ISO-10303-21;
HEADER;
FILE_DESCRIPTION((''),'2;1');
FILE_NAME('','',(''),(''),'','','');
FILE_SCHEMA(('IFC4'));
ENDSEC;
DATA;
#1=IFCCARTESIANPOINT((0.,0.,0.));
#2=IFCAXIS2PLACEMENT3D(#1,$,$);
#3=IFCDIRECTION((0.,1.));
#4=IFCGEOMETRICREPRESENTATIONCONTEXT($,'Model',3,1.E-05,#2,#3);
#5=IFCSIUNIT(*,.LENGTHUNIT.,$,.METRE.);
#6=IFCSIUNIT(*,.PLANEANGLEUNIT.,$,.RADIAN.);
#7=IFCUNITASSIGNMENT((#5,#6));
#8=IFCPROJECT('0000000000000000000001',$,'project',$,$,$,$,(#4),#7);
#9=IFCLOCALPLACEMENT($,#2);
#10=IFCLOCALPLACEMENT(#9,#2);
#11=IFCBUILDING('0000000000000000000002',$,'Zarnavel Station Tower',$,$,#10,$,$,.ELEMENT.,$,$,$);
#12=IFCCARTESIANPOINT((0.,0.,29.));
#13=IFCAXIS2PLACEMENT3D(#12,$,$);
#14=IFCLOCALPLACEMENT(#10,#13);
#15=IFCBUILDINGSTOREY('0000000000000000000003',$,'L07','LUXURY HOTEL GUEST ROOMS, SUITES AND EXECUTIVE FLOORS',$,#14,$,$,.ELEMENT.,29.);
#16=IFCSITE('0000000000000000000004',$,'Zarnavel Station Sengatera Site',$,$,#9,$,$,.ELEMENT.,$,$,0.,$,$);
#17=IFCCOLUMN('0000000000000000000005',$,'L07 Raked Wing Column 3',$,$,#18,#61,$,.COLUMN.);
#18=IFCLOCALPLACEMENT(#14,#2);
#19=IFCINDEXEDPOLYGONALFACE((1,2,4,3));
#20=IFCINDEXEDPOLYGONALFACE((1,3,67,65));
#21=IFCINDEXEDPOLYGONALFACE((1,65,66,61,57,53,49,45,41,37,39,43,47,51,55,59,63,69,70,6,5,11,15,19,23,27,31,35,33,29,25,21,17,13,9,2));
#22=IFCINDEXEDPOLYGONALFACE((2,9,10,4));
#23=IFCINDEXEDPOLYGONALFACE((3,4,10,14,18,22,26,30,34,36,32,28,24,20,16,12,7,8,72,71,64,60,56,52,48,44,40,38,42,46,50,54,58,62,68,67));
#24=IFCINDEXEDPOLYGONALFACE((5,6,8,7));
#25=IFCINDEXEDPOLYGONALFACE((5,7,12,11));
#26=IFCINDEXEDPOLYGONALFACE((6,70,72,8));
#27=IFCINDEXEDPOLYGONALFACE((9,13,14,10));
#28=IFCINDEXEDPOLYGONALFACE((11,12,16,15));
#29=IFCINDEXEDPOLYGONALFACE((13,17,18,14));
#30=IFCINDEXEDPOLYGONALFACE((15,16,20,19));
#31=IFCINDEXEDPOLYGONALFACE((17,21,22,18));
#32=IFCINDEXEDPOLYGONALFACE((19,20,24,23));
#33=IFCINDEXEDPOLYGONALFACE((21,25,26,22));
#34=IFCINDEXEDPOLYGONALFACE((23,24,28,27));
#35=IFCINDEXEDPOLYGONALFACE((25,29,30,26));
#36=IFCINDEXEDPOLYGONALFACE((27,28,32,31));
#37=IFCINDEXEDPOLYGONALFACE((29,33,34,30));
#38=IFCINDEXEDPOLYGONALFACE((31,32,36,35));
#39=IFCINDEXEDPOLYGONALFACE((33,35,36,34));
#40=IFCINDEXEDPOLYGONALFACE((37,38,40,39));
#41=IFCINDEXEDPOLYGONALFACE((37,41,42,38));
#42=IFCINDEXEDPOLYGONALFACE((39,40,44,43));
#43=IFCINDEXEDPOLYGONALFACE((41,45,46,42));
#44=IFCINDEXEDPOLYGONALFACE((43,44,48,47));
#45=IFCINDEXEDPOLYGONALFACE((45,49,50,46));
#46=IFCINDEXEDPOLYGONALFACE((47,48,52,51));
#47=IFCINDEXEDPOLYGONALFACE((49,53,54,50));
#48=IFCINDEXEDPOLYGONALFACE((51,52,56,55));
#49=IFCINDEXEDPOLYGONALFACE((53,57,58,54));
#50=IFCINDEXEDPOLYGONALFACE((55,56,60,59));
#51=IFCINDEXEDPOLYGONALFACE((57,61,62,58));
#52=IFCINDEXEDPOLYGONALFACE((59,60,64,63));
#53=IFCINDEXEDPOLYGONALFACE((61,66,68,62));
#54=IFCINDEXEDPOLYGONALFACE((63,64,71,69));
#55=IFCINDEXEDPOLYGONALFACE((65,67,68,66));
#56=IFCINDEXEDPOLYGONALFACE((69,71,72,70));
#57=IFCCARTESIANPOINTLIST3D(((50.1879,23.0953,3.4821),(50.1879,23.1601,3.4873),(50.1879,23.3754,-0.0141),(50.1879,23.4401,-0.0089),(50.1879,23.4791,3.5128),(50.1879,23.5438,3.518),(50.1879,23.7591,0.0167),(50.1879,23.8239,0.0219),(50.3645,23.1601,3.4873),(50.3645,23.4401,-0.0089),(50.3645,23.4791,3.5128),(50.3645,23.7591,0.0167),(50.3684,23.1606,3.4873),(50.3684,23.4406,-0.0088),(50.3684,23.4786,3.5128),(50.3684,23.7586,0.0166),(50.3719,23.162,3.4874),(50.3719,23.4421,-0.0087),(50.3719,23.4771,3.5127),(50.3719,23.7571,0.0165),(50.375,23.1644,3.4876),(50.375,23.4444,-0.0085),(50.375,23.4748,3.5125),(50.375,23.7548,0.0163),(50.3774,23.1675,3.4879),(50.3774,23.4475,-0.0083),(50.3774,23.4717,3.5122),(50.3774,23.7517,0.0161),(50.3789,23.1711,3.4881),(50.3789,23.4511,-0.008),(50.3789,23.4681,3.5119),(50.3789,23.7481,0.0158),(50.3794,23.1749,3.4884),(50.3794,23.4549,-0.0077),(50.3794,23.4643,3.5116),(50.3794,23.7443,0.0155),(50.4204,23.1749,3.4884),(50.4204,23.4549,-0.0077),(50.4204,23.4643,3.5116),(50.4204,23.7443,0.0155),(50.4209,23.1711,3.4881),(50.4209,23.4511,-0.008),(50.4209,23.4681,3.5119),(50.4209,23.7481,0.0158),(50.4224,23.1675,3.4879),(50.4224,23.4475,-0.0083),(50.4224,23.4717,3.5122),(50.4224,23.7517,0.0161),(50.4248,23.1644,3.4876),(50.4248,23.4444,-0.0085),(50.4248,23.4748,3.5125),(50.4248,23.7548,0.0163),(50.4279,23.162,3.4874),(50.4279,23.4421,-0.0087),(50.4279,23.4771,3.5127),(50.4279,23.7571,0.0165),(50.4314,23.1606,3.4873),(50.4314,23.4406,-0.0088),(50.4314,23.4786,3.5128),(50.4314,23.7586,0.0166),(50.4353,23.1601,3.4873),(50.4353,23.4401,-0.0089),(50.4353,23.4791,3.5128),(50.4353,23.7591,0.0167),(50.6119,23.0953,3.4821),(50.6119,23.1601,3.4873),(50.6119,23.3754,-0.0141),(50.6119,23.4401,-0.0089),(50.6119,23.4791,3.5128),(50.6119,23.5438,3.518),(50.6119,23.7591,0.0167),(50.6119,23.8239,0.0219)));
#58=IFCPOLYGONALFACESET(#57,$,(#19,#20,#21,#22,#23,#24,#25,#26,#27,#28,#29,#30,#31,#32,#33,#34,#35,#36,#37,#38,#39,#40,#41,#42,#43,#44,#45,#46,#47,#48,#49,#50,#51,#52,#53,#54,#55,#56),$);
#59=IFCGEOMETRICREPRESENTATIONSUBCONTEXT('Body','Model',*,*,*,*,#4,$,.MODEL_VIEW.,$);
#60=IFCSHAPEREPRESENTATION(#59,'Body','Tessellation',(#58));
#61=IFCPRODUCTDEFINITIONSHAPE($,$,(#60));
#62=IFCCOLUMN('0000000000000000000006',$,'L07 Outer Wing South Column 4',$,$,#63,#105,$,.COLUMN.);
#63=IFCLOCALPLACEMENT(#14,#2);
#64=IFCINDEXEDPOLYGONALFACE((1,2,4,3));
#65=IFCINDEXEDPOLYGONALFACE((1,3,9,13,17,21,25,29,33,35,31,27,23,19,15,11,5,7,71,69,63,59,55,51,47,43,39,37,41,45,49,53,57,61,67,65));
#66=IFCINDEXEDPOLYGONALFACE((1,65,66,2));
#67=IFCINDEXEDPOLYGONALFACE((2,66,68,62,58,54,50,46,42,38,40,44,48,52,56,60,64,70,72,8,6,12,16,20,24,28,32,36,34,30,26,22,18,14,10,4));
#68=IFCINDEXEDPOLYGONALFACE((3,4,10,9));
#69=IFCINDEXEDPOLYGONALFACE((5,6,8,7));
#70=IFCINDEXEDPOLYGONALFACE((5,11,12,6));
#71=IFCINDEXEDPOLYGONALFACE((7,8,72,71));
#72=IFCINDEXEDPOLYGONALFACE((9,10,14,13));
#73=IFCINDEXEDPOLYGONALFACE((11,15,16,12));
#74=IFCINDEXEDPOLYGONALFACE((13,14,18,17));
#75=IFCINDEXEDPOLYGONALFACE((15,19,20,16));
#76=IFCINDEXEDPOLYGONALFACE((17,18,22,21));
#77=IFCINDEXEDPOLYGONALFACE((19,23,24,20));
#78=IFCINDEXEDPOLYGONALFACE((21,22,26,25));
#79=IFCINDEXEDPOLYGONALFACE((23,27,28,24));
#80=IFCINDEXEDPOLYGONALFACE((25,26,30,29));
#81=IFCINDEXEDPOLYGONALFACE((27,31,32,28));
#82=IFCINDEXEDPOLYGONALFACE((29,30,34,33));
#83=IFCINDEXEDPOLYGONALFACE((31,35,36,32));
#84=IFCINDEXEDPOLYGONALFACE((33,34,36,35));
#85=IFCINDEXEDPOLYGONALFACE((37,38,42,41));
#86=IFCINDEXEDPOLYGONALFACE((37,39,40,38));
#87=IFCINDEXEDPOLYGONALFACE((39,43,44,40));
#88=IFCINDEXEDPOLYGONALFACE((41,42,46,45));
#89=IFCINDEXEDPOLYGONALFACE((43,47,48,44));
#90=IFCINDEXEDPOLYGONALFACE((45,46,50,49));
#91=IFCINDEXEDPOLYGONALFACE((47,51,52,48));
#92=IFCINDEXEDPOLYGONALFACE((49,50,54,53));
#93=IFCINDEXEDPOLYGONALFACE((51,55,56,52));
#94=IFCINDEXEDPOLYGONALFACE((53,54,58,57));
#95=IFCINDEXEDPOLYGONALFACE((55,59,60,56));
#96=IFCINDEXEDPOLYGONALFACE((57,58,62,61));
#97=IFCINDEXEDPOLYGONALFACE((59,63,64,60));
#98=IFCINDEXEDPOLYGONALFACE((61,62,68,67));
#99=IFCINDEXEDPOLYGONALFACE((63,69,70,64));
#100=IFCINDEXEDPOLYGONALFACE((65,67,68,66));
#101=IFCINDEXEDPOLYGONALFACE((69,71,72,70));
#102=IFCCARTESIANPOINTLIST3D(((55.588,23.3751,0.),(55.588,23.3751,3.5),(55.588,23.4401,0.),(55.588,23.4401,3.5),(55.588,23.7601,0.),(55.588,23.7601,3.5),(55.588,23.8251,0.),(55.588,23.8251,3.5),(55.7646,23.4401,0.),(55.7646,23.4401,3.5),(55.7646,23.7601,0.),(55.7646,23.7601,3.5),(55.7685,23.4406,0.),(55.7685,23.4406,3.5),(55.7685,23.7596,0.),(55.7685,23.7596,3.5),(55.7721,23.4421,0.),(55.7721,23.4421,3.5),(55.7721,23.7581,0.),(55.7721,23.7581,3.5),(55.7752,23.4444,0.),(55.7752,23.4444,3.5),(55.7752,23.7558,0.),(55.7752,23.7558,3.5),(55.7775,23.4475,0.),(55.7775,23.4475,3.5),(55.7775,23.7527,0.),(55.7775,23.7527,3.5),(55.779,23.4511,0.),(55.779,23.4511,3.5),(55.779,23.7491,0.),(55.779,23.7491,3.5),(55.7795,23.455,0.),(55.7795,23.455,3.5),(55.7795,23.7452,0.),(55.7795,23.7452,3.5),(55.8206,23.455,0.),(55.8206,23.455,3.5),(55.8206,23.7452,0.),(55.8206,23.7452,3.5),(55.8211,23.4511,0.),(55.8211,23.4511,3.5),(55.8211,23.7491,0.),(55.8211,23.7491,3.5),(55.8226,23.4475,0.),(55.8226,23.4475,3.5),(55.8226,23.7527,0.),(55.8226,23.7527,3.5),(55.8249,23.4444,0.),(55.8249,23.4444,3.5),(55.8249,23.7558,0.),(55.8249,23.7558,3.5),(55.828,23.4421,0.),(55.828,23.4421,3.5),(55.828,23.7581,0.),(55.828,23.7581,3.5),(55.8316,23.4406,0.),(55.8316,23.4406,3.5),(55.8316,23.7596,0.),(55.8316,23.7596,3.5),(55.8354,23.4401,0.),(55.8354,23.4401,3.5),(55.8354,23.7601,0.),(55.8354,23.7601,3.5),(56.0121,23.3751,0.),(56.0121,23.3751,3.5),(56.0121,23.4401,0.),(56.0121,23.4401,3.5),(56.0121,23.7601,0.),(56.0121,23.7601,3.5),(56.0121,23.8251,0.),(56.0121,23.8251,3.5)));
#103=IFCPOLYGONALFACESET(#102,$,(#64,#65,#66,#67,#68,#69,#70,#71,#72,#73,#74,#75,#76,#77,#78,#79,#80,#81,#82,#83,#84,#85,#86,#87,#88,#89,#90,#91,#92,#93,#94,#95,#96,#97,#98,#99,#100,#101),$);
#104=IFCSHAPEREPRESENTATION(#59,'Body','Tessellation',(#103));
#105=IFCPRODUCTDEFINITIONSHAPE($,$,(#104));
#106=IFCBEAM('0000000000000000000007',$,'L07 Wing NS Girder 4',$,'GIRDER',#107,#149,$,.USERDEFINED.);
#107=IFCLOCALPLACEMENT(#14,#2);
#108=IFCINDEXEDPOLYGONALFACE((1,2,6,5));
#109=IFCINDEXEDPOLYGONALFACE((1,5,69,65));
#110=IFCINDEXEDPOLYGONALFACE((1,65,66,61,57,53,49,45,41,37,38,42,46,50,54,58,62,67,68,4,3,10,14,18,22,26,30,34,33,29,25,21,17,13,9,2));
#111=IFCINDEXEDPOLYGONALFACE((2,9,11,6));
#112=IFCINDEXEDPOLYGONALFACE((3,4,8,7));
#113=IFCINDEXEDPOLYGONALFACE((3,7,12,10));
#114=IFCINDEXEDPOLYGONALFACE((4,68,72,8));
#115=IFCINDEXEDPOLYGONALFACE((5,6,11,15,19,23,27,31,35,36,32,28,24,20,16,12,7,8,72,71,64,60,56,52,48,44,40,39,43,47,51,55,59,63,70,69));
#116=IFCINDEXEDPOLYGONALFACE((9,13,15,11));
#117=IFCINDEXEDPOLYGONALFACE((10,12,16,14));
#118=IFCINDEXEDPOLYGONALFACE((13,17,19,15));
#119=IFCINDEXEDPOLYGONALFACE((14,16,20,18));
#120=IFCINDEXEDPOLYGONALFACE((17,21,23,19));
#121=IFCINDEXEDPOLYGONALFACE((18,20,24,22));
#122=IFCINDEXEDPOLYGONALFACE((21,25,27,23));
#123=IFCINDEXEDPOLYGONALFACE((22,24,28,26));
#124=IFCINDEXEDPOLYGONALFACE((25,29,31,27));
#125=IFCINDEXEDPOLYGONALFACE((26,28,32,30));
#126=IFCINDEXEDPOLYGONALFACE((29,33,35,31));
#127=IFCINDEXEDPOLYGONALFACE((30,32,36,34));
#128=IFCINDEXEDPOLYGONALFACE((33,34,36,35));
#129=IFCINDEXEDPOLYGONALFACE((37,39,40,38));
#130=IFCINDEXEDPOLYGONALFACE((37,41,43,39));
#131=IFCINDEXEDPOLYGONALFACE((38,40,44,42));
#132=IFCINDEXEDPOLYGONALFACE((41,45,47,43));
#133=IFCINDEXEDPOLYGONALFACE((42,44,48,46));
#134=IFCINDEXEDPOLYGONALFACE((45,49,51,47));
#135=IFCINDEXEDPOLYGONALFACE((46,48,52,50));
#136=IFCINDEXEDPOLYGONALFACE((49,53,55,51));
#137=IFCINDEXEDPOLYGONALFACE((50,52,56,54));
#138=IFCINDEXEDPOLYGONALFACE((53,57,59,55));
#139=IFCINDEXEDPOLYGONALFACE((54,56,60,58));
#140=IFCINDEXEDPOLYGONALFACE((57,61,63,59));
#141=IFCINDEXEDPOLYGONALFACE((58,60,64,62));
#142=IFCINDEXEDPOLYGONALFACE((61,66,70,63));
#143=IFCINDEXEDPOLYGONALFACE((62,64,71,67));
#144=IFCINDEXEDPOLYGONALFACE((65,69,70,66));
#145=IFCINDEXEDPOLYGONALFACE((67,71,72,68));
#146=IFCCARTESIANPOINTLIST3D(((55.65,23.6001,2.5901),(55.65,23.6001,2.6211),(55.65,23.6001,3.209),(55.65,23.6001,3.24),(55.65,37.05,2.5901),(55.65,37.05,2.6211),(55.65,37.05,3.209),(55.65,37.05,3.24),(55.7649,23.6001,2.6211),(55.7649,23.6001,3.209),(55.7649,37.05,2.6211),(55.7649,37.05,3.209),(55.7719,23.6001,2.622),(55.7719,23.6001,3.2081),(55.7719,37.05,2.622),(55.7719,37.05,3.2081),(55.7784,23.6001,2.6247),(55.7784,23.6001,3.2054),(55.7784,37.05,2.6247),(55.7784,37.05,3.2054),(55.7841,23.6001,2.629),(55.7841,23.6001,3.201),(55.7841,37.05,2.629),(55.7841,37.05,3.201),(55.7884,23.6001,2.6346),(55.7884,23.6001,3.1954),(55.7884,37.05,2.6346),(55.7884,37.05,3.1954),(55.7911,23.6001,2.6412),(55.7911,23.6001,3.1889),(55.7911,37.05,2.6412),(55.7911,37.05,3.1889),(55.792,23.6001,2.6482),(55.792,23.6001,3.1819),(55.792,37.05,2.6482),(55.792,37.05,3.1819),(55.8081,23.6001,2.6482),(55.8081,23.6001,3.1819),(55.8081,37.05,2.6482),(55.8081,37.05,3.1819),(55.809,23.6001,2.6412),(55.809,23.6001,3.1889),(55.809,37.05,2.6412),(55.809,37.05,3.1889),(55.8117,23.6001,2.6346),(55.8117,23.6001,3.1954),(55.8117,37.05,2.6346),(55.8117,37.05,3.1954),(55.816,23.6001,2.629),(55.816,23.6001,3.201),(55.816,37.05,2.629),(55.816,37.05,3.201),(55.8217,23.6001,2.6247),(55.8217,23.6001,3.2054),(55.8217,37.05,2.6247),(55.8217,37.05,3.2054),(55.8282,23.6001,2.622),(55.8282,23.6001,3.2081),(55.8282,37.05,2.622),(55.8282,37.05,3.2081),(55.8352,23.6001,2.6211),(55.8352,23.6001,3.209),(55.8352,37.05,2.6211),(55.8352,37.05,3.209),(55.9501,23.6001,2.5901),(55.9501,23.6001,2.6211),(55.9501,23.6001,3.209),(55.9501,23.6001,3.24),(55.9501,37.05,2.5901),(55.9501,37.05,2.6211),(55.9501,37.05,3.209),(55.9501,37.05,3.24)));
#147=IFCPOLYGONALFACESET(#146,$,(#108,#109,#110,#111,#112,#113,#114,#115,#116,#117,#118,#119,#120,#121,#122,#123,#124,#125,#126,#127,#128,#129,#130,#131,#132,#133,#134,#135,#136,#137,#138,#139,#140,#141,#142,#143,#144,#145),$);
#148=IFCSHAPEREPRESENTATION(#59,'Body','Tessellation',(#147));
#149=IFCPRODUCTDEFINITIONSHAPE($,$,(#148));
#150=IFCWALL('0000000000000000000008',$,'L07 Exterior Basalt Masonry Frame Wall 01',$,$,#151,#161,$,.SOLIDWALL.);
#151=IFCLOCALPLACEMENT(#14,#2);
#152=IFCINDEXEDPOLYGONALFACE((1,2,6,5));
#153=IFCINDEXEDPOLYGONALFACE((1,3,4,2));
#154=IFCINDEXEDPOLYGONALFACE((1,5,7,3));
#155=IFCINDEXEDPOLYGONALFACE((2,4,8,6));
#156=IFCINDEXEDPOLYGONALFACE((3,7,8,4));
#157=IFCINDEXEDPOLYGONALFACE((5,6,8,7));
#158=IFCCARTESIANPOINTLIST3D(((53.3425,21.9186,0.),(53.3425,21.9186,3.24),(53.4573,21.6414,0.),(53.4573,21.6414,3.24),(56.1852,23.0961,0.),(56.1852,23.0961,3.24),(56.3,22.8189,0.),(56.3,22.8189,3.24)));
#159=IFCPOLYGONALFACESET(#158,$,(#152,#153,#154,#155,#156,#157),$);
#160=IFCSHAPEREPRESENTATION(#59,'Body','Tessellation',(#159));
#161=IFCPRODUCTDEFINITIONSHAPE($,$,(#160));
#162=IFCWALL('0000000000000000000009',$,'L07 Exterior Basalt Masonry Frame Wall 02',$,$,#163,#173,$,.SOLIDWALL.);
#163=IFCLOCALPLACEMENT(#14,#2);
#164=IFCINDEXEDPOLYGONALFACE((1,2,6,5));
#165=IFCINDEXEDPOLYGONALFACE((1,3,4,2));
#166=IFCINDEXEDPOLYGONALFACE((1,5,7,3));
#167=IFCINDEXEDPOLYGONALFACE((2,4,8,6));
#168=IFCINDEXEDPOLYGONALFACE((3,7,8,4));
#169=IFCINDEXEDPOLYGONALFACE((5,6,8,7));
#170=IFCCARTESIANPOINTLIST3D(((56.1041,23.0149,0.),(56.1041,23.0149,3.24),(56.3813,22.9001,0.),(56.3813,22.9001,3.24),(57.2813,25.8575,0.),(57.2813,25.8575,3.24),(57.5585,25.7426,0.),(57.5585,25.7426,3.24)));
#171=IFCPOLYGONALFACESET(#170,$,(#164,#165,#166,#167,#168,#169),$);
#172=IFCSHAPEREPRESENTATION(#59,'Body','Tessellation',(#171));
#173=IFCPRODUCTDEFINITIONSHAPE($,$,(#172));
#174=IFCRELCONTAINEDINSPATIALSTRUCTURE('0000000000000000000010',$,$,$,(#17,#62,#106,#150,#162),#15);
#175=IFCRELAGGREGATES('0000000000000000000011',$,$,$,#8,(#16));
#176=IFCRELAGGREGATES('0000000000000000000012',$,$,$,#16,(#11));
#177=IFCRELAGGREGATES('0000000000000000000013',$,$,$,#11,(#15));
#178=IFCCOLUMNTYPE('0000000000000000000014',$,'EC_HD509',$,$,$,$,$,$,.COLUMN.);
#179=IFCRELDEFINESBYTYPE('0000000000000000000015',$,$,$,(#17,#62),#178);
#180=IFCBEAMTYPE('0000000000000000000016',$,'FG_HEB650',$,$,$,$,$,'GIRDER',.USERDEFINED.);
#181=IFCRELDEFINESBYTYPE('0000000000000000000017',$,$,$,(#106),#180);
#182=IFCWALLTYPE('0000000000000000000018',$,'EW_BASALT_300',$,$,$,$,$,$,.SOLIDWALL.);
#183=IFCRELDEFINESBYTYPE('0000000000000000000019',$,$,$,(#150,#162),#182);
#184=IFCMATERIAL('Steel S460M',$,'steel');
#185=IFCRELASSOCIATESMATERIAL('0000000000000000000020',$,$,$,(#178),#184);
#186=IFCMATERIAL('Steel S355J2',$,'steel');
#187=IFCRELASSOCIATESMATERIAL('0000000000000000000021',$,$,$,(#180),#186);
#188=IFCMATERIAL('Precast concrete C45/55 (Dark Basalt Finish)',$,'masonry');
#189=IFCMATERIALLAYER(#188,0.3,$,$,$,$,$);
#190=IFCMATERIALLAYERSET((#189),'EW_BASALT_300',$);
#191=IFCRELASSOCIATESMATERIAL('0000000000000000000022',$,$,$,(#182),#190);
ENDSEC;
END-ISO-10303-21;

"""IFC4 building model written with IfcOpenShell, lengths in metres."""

from ifc_helpers import new_model, si_unit, direction, frame, frame_2d, origin, origin_2d, place, context, subcontext, project, spatial, rectangle, i_section, extrude, material, layer, layer_set, material_profile, profile_set, type_object, element, save


model = new_model("IFC4")

# Units and contexts
model_context = context("Model", 3, precision=1e-05, world=origin(), true_north=direction((0.0, 1.0)))
body_context = subcontext(model_context, "Body", "Model", "MODEL_VIEW")
ifc_project = project(units=[si_unit("LENGTHUNIT", "METRE"), si_unit("PLANEANGLEUNIT", "RADIAN")], contexts=[model_context])

# Site, building, storey
site_placement = place(None, origin())
site = spatial("IfcSite", under=ifc_project, at=site_placement, Name="Zarnavel Station Sengatera Site", CompositionType="ELEMENT", RefElevation=0.0)
building_placement = place(site_placement, origin())
building = spatial("IfcBuilding", under=site, at=building_placement, Name="Zarnavel Station Tower", CompositionType="ELEMENT")
storey_placement = place(building_placement, frame((0.0, 0.0, 29.0)))
storey = spatial("IfcBuildingStorey", under=building, at=storey_placement, Name="L07", Description="LUXURY HOTEL GUEST ROOMS, SUITES AND EXECUTIVE FLOORS", CompositionType="ELEMENT", Elevation=29.0)

# Columns
ifc_material_1 = material(Name="Steel S460M", Category="steel")
ifc_material_profile_1 = material_profile(ifc_material_1, i_section(OverallWidth=0.4241, OverallDepth=0.45, WebThickness=0.041, FlangeThickness=0.0649, FilletRadius=0.0149, at=origin_2d()), Name="HD400x509")
ifc_profile_set_1 = profile_set([ifc_material_profile_1], Name="Steel S460M")
column_type = type_object("IfcColumnType", Name="EC_HD509", PredefinedType="COLUMN", material=ifc_profile_set_1)
column_1_placement = place(storey_placement, frame((50.3999, 23.5996, 0.0039), z_axis=(0.0, -0.079842, 0.996808), x_axis=(1.0, 0.0, 0.0)))
element("IfcColumn", 1, at=column_1_placement, inside=storey, type_object=column_type, Name="L07 Raked Wing Column 3", PredefinedType="COLUMN", context=body_context, shape_type="SweptSolid", body=[
    extrude(i_section(OverallWidth=0.4241, OverallDepth=0.45, WebThickness=0.041, FlangeThickness=0.0649, FilletRadius=0.0149, at=origin_2d()), origin(), (0.0, 0.0, 1.0), 3.5073),
])
column_2_placement = place(storey_placement, frame((55.8, 23.6001, 0.0), z_axis=(0.0, 0.0, 1.0), x_axis=(1.0, 0.0, 0.0)))
element("IfcColumn", 2, at=column_2_placement, inside=storey, type_object=column_type, Name="L07 Outer Wing South Column 4", PredefinedType="COLUMN", context=body_context, shape_type="SweptSolid", body=[
    extrude(i_section(OverallWidth=0.4241, OverallDepth=0.45, WebThickness=0.041, FlangeThickness=0.0649, FilletRadius=0.0149, at=origin_2d()), origin(), (0.0, 0.0, 1.0), 3.5),
])

# Beam
ifc_material_2 = material(Name="Steel S355J2", Category="steel")
ifc_material_profile_2 = material_profile(ifc_material_2, i_section(OverallWidth=0.3, OverallDepth=0.6499, WebThickness=0.0161, FlangeThickness=0.031, FilletRadius=0.0271, at=origin_2d()), Name="HEB650")
ifc_profile_set_2 = profile_set([ifc_material_profile_2], Name="Steel S355J2")
beam_type = type_object("IfcBeamType", Name="FG_HEB650", ElementType="GIRDER", PredefinedType="USERDEFINED", material=ifc_profile_set_2)
beam_placement = place(storey_placement, frame((55.8, 23.6001, 2.915), z_axis=(0.0, 1.0, 0.0), x_axis=(-1.0, 0.0, 0.0)))
element("IfcBeam", 3, at=beam_placement, inside=storey, type_object=beam_type, Name="L07 Wing NS Girder 4", ObjectType="GIRDER", PredefinedType="USERDEFINED", context=body_context, shape_type="SweptSolid", body=[
    extrude(i_section(OverallWidth=0.3, OverallDepth=0.6499, WebThickness=0.0161, FlangeThickness=0.031, FilletRadius=0.0271, at=origin_2d()), origin(), (0.0, 0.0, 1.0), 13.45),
])

# Walls
ifc_material_3 = material(Name="Precast concrete C45/55 (Dark Basalt Finish)", Category="masonry")
ifc_layer_1 = layer(ifc_material_3, 0.3)
ifc_layer_set_1 = layer_set([ifc_layer_1], Name="EW_BASALT_300")
wall_type_1 = type_object("IfcWallType", Name="EW_BASALT_300", PredefinedType="SOLIDWALL", material=ifc_layer_set_1)
wall_1_placement = place(storey_placement, frame((56.2427, 22.9575, 0.0), z_axis=(0.0, 0.0, 1.0), x_axis=(-0.923882, -0.382676, 0.0)))
element("IfcWall", 4, at=wall_1_placement, inside=storey, type_object=wall_type_1, Name="L07 Exterior Basalt Masonry Frame Wall 01", PredefinedType="SOLIDWALL", context=body_context, shape_type="SweptSolid", body=[
    extrude(rectangle(XDim=3.0769, YDim=0.3, at=frame_2d((1.5386, 0.0))), origin(), (0.0, 0.0, 1.0), 3.24),
])
wall_2_placement = place(storey_placement, frame((57.4199, 25.8, 0.0), z_axis=(0.0, 0.0, 1.0), x_axis=(-0.382637, -0.923899, 0.0)))
element("IfcWall", 5, at=wall_2_placement, inside=storey, type_object=wall_type_1, Name="L07 Exterior Basalt Masonry Frame Wall 02", PredefinedType="SOLIDWALL", context=body_context, shape_type="SweptSolid", body=[
    extrude(rectangle(XDim=3.0767, YDim=0.3, at=frame_2d((1.5383, 0.0))), origin(), (0.0, 0.0, 1.0), 3.24),
])

save(model, "model.ifc")
